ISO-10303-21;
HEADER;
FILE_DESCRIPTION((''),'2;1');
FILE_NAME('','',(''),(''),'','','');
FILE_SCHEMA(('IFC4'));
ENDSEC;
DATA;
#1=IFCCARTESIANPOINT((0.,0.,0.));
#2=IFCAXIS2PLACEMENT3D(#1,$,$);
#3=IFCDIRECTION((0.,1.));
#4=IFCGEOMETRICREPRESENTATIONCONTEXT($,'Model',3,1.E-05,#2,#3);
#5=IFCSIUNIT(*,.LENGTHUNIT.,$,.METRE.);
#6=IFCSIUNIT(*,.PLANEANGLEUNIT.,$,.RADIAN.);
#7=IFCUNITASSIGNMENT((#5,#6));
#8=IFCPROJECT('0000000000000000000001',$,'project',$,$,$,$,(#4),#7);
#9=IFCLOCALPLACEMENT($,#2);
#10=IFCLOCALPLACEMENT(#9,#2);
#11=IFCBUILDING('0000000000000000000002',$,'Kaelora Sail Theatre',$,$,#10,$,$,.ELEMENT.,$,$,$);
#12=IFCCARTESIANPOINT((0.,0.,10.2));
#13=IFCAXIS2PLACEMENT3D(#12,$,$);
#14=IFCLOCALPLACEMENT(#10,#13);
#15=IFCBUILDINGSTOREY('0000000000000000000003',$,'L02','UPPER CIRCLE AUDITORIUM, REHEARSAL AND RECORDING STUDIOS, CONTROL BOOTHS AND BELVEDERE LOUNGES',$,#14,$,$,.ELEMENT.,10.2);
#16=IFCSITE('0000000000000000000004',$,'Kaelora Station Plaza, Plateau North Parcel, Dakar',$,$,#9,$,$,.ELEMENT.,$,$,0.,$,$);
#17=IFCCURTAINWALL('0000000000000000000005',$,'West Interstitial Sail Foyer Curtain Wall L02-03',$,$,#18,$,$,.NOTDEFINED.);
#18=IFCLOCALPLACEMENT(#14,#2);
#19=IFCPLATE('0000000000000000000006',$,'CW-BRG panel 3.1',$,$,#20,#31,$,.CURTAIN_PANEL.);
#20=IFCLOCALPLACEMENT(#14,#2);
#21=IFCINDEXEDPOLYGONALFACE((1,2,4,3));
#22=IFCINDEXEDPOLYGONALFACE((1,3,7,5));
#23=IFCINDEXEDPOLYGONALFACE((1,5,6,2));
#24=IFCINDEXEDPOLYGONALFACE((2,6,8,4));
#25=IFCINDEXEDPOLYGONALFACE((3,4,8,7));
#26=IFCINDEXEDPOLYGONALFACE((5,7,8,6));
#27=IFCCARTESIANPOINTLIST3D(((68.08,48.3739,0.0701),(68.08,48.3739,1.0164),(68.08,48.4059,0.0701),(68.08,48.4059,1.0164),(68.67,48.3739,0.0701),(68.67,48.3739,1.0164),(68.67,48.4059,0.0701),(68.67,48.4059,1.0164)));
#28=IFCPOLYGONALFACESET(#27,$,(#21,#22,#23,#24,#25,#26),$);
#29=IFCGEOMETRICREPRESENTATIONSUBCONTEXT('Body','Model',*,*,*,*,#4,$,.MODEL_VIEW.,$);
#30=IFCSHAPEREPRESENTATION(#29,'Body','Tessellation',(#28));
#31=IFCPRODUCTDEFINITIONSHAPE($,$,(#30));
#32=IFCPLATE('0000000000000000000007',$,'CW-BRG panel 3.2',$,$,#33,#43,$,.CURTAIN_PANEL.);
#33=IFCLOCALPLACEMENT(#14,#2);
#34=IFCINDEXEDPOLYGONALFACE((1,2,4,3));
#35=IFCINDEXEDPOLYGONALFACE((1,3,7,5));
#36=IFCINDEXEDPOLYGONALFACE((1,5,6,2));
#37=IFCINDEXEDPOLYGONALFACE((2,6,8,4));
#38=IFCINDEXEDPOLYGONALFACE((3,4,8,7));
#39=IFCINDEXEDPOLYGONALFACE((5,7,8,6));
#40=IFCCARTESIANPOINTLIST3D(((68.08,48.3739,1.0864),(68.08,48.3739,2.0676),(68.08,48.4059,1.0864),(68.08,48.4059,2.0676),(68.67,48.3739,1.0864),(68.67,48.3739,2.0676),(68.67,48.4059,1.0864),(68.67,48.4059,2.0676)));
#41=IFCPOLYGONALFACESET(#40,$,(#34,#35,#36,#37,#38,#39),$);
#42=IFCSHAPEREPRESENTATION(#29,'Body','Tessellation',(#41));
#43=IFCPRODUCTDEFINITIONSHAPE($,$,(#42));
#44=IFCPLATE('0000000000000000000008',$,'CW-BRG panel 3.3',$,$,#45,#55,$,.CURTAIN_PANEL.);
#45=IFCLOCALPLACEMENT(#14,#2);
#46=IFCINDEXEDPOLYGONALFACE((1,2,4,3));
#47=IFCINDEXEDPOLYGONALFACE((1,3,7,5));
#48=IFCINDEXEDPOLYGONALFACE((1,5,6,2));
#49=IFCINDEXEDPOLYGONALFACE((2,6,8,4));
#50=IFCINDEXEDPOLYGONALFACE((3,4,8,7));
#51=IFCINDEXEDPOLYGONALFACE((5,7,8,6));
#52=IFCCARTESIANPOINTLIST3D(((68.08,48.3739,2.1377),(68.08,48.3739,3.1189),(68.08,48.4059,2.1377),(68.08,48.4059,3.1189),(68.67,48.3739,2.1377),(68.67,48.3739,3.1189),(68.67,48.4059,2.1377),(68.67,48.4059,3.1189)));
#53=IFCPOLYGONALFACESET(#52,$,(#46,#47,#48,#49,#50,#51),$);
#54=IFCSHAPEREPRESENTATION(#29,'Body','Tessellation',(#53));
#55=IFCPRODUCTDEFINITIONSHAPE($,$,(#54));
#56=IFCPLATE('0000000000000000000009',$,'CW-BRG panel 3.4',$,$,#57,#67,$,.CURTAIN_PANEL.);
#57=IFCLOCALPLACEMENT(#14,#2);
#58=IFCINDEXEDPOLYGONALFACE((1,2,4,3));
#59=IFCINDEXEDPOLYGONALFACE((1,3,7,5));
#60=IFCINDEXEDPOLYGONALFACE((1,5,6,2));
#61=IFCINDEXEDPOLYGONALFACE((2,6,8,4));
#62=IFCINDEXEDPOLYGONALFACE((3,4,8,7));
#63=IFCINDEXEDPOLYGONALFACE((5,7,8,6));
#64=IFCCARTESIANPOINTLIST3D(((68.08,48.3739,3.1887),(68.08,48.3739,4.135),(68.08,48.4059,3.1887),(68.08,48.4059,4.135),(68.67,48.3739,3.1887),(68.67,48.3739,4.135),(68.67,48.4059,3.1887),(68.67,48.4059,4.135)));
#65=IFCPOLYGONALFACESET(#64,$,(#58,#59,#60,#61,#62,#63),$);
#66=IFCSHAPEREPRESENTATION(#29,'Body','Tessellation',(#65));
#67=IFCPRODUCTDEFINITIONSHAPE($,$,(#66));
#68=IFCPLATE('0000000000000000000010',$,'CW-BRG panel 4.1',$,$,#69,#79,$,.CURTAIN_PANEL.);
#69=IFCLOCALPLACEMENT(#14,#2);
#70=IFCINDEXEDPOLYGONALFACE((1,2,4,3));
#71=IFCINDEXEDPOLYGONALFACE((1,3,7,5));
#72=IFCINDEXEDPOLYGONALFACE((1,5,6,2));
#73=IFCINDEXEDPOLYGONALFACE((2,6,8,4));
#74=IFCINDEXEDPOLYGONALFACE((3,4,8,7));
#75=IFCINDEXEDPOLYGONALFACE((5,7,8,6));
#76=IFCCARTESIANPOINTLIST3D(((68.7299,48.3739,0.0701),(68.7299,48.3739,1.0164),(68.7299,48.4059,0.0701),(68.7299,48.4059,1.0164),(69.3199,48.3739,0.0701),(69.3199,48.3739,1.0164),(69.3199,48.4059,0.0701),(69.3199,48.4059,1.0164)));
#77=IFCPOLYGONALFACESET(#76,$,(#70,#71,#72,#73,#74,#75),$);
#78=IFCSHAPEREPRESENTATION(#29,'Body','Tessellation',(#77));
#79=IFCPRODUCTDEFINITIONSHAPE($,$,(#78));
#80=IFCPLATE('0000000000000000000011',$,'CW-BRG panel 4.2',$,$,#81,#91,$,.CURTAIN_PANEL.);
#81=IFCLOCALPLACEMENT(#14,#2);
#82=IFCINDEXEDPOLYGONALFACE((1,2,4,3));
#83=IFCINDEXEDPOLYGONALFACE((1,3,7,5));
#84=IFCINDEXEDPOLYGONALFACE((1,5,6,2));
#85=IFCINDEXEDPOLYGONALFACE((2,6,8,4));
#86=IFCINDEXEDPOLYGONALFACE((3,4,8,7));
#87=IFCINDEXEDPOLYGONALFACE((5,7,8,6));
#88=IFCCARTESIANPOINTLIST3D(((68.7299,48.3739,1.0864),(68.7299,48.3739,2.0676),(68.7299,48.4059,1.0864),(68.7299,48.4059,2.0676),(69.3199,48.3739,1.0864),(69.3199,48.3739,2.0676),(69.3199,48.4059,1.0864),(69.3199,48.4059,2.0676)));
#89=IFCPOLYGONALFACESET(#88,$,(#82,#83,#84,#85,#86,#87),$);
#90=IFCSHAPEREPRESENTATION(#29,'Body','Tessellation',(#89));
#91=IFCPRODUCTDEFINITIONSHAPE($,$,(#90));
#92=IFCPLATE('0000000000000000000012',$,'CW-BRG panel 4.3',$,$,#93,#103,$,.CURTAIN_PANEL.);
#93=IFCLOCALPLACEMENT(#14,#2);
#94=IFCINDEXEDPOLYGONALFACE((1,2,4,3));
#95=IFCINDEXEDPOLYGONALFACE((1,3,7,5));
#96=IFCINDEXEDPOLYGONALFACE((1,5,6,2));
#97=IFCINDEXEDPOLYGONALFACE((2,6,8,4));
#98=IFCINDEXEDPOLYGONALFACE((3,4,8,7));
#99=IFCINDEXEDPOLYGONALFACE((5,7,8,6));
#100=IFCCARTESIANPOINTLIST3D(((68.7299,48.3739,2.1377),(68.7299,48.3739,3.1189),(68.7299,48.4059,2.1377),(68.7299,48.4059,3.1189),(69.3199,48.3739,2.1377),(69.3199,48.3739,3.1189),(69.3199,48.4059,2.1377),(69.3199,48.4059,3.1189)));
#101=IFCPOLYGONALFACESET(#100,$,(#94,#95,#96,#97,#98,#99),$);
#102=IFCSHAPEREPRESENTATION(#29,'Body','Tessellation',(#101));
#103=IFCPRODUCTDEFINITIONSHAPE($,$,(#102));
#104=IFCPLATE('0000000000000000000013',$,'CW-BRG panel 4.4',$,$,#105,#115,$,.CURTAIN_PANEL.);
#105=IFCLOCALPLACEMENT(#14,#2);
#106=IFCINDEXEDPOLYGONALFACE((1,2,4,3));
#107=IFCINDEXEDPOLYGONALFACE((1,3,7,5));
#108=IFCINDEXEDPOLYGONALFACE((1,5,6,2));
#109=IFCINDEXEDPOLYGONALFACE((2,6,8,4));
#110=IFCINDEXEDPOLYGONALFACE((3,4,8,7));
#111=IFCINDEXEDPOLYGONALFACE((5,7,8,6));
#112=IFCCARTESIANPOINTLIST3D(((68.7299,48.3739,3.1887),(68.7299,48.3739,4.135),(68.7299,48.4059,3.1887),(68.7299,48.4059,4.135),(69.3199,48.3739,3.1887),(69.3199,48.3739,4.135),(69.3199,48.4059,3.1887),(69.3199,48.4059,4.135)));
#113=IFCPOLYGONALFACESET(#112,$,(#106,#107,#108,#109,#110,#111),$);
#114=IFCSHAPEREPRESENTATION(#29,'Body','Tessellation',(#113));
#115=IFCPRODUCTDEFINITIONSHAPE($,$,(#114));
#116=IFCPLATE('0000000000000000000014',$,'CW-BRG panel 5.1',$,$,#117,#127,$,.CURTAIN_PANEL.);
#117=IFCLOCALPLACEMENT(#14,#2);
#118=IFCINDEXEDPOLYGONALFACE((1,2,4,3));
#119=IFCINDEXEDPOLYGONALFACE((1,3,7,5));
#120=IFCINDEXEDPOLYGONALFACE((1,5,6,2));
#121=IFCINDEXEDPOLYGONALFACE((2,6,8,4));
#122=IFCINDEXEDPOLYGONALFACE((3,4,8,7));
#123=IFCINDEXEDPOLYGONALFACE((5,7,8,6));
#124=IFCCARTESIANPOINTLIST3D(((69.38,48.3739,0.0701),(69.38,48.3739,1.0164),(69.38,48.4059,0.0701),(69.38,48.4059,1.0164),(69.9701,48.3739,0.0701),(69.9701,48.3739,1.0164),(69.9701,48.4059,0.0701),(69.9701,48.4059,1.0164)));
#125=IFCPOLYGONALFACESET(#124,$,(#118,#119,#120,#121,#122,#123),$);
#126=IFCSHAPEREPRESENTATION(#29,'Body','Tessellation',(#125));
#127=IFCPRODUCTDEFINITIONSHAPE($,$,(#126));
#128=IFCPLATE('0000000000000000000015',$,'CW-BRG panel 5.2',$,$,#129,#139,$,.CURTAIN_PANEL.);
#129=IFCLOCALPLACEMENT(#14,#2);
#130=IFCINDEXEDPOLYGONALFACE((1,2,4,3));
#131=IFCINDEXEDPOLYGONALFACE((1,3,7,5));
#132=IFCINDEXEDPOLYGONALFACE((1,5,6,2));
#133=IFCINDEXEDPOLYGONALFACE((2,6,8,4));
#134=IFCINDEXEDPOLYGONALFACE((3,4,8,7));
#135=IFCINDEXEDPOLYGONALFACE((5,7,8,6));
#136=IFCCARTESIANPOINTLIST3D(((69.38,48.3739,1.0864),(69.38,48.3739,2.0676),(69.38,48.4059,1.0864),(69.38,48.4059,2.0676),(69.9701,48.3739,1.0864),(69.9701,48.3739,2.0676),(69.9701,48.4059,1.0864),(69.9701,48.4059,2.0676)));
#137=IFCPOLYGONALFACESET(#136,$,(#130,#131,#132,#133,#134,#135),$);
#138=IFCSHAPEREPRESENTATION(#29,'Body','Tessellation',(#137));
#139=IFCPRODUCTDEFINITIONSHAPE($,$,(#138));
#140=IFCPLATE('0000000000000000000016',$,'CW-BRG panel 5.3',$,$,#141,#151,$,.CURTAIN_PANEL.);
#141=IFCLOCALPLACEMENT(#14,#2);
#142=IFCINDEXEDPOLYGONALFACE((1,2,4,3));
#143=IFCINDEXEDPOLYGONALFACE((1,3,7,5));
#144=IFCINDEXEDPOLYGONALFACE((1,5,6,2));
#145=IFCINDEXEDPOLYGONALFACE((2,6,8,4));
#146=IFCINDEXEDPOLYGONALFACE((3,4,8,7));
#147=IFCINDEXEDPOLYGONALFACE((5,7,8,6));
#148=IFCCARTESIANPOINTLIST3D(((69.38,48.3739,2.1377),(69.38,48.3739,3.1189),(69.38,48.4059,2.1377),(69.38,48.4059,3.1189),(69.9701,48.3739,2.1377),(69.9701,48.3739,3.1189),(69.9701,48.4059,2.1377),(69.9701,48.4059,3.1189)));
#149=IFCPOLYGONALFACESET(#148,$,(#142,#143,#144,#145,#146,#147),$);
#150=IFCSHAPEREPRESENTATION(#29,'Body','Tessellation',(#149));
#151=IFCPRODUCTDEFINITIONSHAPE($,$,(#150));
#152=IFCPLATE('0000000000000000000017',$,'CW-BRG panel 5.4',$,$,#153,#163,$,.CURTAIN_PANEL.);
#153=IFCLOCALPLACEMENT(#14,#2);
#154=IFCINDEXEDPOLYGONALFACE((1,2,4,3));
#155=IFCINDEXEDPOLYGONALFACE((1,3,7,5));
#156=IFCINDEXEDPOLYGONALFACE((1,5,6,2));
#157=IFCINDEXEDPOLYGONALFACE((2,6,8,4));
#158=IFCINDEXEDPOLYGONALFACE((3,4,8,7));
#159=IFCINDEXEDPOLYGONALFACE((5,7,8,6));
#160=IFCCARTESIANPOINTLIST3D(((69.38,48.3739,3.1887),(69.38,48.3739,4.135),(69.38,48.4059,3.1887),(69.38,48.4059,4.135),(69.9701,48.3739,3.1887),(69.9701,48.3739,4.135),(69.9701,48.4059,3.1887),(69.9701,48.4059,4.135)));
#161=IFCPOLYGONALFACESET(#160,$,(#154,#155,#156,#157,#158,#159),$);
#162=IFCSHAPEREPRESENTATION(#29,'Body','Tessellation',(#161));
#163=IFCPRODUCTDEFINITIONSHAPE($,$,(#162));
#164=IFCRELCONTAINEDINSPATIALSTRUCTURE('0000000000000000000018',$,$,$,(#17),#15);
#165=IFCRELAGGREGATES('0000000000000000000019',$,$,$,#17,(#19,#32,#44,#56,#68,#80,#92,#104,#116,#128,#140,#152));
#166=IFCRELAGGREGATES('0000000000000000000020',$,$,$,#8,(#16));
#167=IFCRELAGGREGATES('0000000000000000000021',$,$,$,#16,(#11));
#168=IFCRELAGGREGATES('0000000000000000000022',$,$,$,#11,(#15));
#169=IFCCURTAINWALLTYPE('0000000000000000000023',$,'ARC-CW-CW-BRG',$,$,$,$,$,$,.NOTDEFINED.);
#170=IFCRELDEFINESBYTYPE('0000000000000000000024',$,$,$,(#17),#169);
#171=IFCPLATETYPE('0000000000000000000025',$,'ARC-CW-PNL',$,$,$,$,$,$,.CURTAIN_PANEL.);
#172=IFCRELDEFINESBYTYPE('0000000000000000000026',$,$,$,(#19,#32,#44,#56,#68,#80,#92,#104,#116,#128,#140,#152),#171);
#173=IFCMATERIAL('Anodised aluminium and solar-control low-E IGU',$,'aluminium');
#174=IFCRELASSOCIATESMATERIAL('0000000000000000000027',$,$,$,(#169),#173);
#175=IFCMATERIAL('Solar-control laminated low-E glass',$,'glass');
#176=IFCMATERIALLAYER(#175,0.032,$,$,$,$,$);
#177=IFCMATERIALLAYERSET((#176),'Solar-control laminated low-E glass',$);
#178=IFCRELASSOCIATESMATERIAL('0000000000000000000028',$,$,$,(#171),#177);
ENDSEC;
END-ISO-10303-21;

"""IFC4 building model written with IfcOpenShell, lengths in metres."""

from ifc_helpers import new_model, si_unit, direction, frame, origin, origin_2d, place, context, subcontext, project, spatial, rectangle, extrude, material, layer, layer_set, type_object, element, aggregate, save


model = new_model("IFC4")

# Units and contexts
model_context = context("Model", 3, precision=1e-05, world=origin(), true_north=direction((0.0, 1.0)))
body_context = subcontext(model_context, "Body", "Model", "MODEL_VIEW")
ifc_project = project(units=[si_unit("LENGTHUNIT", "METRE"), si_unit("PLANEANGLEUNIT", "RADIAN")], contexts=[model_context])

# Site, building, storey
site_placement = place(None, origin())
site = spatial("IfcSite", under=ifc_project, at=site_placement, Name="Kaelora Station Plaza, Plateau North Parcel, Dakar", CompositionType="ELEMENT", RefElevation=0.0)
building_placement = place(site_placement, origin())
building = spatial("IfcBuilding", under=site, at=building_placement, Name="Kaelora Sail Theatre", CompositionType="ELEMENT")
storey_placement = place(building_placement, frame((0.0, 0.0, 10.2)))
storey = spatial("IfcBuildingStorey", under=building, at=storey_placement, Name="L02", Description="UPPER CIRCLE AUDITORIUM, REHEARSAL AND RECORDING STUDIOS, CONTROL BOOTHS AND BELVEDERE LOUNGES", CompositionType="ELEMENT", Elevation=10.2)

# Curtain wall
ifc_material_1 = material(Name="Anodised aluminium and solar-control low-E IGU", Category="aluminium")
curtain_wall_type = type_object("IfcCurtainWallType", Name="ARC-CW-CW-BRG", PredefinedType="NOTDEFINED", material=ifc_material_1)
curtain_wall_placement = place(storey_placement, origin())
curtain_wall = element("IfcCurtainWall", 1, at=curtain_wall_placement, inside=storey, type_object=curtain_wall_type, Name="West Interstitial Sail Foyer Curtain Wall L02-03", PredefinedType="NOTDEFINED")

# Plates
ifc_material_2 = material(Name="Solar-control laminated low-E glass", Category="glass")
ifc_layer = layer(ifc_material_2, 0.032)
ifc_layer_set = layer_set([ifc_layer], Name="Solar-control laminated low-E glass")
plate_type = type_object("IfcPlateType", Name="ARC-CW-PNL", PredefinedType="CURTAIN_PANEL", material=ifc_layer_set)
plate_1_placement = place(storey_placement, frame((68.375, 48.3899, 0.0701), z_axis=(0.0, 0.0, 1.0), x_axis=(1.0, 0.0, 0.0)))
plate_1 = element("IfcPlate", 2, at=plate_1_placement, type_object=plate_type, Name="CW-BRG panel 3.1", PredefinedType="CURTAIN_PANEL", context=body_context, shape_type="SweptSolid", body=[
    extrude(rectangle(XDim=0.5901, YDim=0.032, at=origin_2d()), origin(), (0.0, 0.0, 1.0), 0.9463),
])
plate_2_placement = place(storey_placement, frame((68.375, 48.3899, 1.0864), z_axis=(0.0, 0.0, 1.0), x_axis=(1.0, 0.0, 0.0)))
plate_2 = element("IfcPlate", 3, at=plate_2_placement, type_object=plate_type, Name="CW-BRG panel 3.2", PredefinedType="CURTAIN_PANEL", context=body_context, shape_type="SweptSolid", body=[
    extrude(rectangle(XDim=0.5901, YDim=0.032, at=origin_2d()), origin(), (0.0, 0.0, 1.0), 0.9812),
])
plate_3_placement = place(storey_placement, frame((68.375, 48.3899, 2.1377), z_axis=(0.0, 0.0, 1.0), x_axis=(1.0, 0.0, 0.0)))
plate_3 = element("IfcPlate", 4, at=plate_3_placement, type_object=plate_type, Name="CW-BRG panel 3.3", PredefinedType="CURTAIN_PANEL", context=body_context, shape_type="SweptSolid", body=[
    extrude(rectangle(XDim=0.5901, YDim=0.032, at=origin_2d()), origin(), (0.0, 0.0, 1.0), 0.9812),
])
plate_4_placement = place(storey_placement, frame((68.375, 48.3899, 3.1887), z_axis=(0.0, 0.0, 1.0), x_axis=(1.0, 0.0, 0.0)))
plate_4 = element("IfcPlate", 5, at=plate_4_placement, type_object=plate_type, Name="CW-BRG panel 3.4", PredefinedType="CURTAIN_PANEL", context=body_context, shape_type="SweptSolid", body=[
    extrude(rectangle(XDim=0.5901, YDim=0.032, at=origin_2d()), origin(), (0.0, 0.0, 1.0), 0.9463),
])
plate_5_placement = place(storey_placement, frame((69.0249, 48.3899, 0.0701), z_axis=(0.0, 0.0, 1.0), x_axis=(1.0, 0.0, 0.0)))
plate_5 = element("IfcPlate", 6, at=plate_5_placement, type_object=plate_type, Name="CW-BRG panel 4.1", PredefinedType="CURTAIN_PANEL", context=body_context, shape_type="SweptSolid", body=[
    extrude(rectangle(XDim=0.5901, YDim=0.032, at=origin_2d()), origin(), (0.0, 0.0, 1.0), 0.9463),
])
plate_6_placement = place(storey_placement, frame((69.0249, 48.3899, 1.0864), z_axis=(0.0, 0.0, 1.0), x_axis=(1.0, 0.0, 0.0)))
plate_6 = element("IfcPlate", 7, at=plate_6_placement, type_object=plate_type, Name="CW-BRG panel 4.2", PredefinedType="CURTAIN_PANEL", context=body_context, shape_type="SweptSolid", body=[
    extrude(rectangle(XDim=0.5901, YDim=0.032, at=origin_2d()), origin(), (0.0, 0.0, 1.0), 0.9812),
])
plate_7_placement = place(storey_placement, frame((69.0249, 48.3899, 2.1377), z_axis=(0.0, 0.0, 1.0), x_axis=(1.0, 0.0, 0.0)))
plate_7 = element("IfcPlate", 8, at=plate_7_placement, type_object=plate_type, Name="CW-BRG panel 4.3", PredefinedType="CURTAIN_PANEL", context=body_context, shape_type="SweptSolid", body=[
    extrude(rectangle(XDim=0.5901, YDim=0.032, at=origin_2d()), origin(), (0.0, 0.0, 1.0), 0.9812),
])
plate_8_placement = place(storey_placement, frame((69.0249, 48.3899, 3.1887), z_axis=(0.0, 0.0, 1.0), x_axis=(1.0, 0.0, 0.0)))
plate_8 = element("IfcPlate", 9, at=plate_8_placement, type_object=plate_type, Name="CW-BRG panel 4.4", PredefinedType="CURTAIN_PANEL", context=body_context, shape_type="SweptSolid", body=[
    extrude(rectangle(XDim=0.5901, YDim=0.032, at=origin_2d()), origin(), (0.0, 0.0, 1.0), 0.9463),
])
plate_9_placement = place(storey_placement, frame((69.675, 48.3899, 0.0701), z_axis=(0.0, 0.0, 1.0), x_axis=(1.0, 0.0, 0.0)))
plate_9 = element("IfcPlate", 10, at=plate_9_placement, type_object=plate_type, Name="CW-BRG panel 5.1", PredefinedType="CURTAIN_PANEL", context=body_context, shape_type="SweptSolid", body=[
    extrude(rectangle(XDim=0.5901, YDim=0.032, at=origin_2d()), origin(), (0.0, 0.0, 1.0), 0.9463),
])
plate_10_placement = place(storey_placement, frame((69.675, 48.3899, 1.0864), z_axis=(0.0, 0.0, 1.0), x_axis=(1.0, 0.0, 0.0)))
plate_10 = element("IfcPlate", 11, at=plate_10_placement, type_object=plate_type, Name="CW-BRG panel 5.2", PredefinedType="CURTAIN_PANEL", context=body_context, shape_type="SweptSolid", body=[
    extrude(rectangle(XDim=0.5901, YDim=0.032, at=origin_2d()), origin(), (0.0, 0.0, 1.0), 0.9812),
])
plate_11_placement = place(storey_placement, frame((69.675, 48.3899, 2.1377), z_axis=(0.0, 0.0, 1.0), x_axis=(1.0, 0.0, 0.0)))
plate_11 = element("IfcPlate", 12, at=plate_11_placement, type_object=plate_type, Name="CW-BRG panel 5.3", PredefinedType="CURTAIN_PANEL", context=body_context, shape_type="SweptSolid", body=[
    extrude(rectangle(XDim=0.5901, YDim=0.032, at=origin_2d()), origin(), (0.0, 0.0, 1.0), 0.9812),
])
plate_12_placement = place(storey_placement, frame((69.675, 48.3899, 3.1887), z_axis=(0.0, 0.0, 1.0), x_axis=(1.0, 0.0, 0.0)))
plate_12 = element("IfcPlate", 13, at=plate_12_placement, type_object=plate_type, Name="CW-BRG panel 5.4", PredefinedType="CURTAIN_PANEL", context=body_context, shape_type="SweptSolid", body=[
    extrude(rectangle(XDim=0.5901, YDim=0.032, at=origin_2d()), origin(), (0.0, 0.0, 1.0), 0.9463),
])
aggregate(curtain_wall, [plate_1, plate_2, plate_3, plate_4, plate_5, plate_6, plate_7, plate_8, plate_9, plate_10, plate_11, plate_12])

save(model, "model.ifc")
